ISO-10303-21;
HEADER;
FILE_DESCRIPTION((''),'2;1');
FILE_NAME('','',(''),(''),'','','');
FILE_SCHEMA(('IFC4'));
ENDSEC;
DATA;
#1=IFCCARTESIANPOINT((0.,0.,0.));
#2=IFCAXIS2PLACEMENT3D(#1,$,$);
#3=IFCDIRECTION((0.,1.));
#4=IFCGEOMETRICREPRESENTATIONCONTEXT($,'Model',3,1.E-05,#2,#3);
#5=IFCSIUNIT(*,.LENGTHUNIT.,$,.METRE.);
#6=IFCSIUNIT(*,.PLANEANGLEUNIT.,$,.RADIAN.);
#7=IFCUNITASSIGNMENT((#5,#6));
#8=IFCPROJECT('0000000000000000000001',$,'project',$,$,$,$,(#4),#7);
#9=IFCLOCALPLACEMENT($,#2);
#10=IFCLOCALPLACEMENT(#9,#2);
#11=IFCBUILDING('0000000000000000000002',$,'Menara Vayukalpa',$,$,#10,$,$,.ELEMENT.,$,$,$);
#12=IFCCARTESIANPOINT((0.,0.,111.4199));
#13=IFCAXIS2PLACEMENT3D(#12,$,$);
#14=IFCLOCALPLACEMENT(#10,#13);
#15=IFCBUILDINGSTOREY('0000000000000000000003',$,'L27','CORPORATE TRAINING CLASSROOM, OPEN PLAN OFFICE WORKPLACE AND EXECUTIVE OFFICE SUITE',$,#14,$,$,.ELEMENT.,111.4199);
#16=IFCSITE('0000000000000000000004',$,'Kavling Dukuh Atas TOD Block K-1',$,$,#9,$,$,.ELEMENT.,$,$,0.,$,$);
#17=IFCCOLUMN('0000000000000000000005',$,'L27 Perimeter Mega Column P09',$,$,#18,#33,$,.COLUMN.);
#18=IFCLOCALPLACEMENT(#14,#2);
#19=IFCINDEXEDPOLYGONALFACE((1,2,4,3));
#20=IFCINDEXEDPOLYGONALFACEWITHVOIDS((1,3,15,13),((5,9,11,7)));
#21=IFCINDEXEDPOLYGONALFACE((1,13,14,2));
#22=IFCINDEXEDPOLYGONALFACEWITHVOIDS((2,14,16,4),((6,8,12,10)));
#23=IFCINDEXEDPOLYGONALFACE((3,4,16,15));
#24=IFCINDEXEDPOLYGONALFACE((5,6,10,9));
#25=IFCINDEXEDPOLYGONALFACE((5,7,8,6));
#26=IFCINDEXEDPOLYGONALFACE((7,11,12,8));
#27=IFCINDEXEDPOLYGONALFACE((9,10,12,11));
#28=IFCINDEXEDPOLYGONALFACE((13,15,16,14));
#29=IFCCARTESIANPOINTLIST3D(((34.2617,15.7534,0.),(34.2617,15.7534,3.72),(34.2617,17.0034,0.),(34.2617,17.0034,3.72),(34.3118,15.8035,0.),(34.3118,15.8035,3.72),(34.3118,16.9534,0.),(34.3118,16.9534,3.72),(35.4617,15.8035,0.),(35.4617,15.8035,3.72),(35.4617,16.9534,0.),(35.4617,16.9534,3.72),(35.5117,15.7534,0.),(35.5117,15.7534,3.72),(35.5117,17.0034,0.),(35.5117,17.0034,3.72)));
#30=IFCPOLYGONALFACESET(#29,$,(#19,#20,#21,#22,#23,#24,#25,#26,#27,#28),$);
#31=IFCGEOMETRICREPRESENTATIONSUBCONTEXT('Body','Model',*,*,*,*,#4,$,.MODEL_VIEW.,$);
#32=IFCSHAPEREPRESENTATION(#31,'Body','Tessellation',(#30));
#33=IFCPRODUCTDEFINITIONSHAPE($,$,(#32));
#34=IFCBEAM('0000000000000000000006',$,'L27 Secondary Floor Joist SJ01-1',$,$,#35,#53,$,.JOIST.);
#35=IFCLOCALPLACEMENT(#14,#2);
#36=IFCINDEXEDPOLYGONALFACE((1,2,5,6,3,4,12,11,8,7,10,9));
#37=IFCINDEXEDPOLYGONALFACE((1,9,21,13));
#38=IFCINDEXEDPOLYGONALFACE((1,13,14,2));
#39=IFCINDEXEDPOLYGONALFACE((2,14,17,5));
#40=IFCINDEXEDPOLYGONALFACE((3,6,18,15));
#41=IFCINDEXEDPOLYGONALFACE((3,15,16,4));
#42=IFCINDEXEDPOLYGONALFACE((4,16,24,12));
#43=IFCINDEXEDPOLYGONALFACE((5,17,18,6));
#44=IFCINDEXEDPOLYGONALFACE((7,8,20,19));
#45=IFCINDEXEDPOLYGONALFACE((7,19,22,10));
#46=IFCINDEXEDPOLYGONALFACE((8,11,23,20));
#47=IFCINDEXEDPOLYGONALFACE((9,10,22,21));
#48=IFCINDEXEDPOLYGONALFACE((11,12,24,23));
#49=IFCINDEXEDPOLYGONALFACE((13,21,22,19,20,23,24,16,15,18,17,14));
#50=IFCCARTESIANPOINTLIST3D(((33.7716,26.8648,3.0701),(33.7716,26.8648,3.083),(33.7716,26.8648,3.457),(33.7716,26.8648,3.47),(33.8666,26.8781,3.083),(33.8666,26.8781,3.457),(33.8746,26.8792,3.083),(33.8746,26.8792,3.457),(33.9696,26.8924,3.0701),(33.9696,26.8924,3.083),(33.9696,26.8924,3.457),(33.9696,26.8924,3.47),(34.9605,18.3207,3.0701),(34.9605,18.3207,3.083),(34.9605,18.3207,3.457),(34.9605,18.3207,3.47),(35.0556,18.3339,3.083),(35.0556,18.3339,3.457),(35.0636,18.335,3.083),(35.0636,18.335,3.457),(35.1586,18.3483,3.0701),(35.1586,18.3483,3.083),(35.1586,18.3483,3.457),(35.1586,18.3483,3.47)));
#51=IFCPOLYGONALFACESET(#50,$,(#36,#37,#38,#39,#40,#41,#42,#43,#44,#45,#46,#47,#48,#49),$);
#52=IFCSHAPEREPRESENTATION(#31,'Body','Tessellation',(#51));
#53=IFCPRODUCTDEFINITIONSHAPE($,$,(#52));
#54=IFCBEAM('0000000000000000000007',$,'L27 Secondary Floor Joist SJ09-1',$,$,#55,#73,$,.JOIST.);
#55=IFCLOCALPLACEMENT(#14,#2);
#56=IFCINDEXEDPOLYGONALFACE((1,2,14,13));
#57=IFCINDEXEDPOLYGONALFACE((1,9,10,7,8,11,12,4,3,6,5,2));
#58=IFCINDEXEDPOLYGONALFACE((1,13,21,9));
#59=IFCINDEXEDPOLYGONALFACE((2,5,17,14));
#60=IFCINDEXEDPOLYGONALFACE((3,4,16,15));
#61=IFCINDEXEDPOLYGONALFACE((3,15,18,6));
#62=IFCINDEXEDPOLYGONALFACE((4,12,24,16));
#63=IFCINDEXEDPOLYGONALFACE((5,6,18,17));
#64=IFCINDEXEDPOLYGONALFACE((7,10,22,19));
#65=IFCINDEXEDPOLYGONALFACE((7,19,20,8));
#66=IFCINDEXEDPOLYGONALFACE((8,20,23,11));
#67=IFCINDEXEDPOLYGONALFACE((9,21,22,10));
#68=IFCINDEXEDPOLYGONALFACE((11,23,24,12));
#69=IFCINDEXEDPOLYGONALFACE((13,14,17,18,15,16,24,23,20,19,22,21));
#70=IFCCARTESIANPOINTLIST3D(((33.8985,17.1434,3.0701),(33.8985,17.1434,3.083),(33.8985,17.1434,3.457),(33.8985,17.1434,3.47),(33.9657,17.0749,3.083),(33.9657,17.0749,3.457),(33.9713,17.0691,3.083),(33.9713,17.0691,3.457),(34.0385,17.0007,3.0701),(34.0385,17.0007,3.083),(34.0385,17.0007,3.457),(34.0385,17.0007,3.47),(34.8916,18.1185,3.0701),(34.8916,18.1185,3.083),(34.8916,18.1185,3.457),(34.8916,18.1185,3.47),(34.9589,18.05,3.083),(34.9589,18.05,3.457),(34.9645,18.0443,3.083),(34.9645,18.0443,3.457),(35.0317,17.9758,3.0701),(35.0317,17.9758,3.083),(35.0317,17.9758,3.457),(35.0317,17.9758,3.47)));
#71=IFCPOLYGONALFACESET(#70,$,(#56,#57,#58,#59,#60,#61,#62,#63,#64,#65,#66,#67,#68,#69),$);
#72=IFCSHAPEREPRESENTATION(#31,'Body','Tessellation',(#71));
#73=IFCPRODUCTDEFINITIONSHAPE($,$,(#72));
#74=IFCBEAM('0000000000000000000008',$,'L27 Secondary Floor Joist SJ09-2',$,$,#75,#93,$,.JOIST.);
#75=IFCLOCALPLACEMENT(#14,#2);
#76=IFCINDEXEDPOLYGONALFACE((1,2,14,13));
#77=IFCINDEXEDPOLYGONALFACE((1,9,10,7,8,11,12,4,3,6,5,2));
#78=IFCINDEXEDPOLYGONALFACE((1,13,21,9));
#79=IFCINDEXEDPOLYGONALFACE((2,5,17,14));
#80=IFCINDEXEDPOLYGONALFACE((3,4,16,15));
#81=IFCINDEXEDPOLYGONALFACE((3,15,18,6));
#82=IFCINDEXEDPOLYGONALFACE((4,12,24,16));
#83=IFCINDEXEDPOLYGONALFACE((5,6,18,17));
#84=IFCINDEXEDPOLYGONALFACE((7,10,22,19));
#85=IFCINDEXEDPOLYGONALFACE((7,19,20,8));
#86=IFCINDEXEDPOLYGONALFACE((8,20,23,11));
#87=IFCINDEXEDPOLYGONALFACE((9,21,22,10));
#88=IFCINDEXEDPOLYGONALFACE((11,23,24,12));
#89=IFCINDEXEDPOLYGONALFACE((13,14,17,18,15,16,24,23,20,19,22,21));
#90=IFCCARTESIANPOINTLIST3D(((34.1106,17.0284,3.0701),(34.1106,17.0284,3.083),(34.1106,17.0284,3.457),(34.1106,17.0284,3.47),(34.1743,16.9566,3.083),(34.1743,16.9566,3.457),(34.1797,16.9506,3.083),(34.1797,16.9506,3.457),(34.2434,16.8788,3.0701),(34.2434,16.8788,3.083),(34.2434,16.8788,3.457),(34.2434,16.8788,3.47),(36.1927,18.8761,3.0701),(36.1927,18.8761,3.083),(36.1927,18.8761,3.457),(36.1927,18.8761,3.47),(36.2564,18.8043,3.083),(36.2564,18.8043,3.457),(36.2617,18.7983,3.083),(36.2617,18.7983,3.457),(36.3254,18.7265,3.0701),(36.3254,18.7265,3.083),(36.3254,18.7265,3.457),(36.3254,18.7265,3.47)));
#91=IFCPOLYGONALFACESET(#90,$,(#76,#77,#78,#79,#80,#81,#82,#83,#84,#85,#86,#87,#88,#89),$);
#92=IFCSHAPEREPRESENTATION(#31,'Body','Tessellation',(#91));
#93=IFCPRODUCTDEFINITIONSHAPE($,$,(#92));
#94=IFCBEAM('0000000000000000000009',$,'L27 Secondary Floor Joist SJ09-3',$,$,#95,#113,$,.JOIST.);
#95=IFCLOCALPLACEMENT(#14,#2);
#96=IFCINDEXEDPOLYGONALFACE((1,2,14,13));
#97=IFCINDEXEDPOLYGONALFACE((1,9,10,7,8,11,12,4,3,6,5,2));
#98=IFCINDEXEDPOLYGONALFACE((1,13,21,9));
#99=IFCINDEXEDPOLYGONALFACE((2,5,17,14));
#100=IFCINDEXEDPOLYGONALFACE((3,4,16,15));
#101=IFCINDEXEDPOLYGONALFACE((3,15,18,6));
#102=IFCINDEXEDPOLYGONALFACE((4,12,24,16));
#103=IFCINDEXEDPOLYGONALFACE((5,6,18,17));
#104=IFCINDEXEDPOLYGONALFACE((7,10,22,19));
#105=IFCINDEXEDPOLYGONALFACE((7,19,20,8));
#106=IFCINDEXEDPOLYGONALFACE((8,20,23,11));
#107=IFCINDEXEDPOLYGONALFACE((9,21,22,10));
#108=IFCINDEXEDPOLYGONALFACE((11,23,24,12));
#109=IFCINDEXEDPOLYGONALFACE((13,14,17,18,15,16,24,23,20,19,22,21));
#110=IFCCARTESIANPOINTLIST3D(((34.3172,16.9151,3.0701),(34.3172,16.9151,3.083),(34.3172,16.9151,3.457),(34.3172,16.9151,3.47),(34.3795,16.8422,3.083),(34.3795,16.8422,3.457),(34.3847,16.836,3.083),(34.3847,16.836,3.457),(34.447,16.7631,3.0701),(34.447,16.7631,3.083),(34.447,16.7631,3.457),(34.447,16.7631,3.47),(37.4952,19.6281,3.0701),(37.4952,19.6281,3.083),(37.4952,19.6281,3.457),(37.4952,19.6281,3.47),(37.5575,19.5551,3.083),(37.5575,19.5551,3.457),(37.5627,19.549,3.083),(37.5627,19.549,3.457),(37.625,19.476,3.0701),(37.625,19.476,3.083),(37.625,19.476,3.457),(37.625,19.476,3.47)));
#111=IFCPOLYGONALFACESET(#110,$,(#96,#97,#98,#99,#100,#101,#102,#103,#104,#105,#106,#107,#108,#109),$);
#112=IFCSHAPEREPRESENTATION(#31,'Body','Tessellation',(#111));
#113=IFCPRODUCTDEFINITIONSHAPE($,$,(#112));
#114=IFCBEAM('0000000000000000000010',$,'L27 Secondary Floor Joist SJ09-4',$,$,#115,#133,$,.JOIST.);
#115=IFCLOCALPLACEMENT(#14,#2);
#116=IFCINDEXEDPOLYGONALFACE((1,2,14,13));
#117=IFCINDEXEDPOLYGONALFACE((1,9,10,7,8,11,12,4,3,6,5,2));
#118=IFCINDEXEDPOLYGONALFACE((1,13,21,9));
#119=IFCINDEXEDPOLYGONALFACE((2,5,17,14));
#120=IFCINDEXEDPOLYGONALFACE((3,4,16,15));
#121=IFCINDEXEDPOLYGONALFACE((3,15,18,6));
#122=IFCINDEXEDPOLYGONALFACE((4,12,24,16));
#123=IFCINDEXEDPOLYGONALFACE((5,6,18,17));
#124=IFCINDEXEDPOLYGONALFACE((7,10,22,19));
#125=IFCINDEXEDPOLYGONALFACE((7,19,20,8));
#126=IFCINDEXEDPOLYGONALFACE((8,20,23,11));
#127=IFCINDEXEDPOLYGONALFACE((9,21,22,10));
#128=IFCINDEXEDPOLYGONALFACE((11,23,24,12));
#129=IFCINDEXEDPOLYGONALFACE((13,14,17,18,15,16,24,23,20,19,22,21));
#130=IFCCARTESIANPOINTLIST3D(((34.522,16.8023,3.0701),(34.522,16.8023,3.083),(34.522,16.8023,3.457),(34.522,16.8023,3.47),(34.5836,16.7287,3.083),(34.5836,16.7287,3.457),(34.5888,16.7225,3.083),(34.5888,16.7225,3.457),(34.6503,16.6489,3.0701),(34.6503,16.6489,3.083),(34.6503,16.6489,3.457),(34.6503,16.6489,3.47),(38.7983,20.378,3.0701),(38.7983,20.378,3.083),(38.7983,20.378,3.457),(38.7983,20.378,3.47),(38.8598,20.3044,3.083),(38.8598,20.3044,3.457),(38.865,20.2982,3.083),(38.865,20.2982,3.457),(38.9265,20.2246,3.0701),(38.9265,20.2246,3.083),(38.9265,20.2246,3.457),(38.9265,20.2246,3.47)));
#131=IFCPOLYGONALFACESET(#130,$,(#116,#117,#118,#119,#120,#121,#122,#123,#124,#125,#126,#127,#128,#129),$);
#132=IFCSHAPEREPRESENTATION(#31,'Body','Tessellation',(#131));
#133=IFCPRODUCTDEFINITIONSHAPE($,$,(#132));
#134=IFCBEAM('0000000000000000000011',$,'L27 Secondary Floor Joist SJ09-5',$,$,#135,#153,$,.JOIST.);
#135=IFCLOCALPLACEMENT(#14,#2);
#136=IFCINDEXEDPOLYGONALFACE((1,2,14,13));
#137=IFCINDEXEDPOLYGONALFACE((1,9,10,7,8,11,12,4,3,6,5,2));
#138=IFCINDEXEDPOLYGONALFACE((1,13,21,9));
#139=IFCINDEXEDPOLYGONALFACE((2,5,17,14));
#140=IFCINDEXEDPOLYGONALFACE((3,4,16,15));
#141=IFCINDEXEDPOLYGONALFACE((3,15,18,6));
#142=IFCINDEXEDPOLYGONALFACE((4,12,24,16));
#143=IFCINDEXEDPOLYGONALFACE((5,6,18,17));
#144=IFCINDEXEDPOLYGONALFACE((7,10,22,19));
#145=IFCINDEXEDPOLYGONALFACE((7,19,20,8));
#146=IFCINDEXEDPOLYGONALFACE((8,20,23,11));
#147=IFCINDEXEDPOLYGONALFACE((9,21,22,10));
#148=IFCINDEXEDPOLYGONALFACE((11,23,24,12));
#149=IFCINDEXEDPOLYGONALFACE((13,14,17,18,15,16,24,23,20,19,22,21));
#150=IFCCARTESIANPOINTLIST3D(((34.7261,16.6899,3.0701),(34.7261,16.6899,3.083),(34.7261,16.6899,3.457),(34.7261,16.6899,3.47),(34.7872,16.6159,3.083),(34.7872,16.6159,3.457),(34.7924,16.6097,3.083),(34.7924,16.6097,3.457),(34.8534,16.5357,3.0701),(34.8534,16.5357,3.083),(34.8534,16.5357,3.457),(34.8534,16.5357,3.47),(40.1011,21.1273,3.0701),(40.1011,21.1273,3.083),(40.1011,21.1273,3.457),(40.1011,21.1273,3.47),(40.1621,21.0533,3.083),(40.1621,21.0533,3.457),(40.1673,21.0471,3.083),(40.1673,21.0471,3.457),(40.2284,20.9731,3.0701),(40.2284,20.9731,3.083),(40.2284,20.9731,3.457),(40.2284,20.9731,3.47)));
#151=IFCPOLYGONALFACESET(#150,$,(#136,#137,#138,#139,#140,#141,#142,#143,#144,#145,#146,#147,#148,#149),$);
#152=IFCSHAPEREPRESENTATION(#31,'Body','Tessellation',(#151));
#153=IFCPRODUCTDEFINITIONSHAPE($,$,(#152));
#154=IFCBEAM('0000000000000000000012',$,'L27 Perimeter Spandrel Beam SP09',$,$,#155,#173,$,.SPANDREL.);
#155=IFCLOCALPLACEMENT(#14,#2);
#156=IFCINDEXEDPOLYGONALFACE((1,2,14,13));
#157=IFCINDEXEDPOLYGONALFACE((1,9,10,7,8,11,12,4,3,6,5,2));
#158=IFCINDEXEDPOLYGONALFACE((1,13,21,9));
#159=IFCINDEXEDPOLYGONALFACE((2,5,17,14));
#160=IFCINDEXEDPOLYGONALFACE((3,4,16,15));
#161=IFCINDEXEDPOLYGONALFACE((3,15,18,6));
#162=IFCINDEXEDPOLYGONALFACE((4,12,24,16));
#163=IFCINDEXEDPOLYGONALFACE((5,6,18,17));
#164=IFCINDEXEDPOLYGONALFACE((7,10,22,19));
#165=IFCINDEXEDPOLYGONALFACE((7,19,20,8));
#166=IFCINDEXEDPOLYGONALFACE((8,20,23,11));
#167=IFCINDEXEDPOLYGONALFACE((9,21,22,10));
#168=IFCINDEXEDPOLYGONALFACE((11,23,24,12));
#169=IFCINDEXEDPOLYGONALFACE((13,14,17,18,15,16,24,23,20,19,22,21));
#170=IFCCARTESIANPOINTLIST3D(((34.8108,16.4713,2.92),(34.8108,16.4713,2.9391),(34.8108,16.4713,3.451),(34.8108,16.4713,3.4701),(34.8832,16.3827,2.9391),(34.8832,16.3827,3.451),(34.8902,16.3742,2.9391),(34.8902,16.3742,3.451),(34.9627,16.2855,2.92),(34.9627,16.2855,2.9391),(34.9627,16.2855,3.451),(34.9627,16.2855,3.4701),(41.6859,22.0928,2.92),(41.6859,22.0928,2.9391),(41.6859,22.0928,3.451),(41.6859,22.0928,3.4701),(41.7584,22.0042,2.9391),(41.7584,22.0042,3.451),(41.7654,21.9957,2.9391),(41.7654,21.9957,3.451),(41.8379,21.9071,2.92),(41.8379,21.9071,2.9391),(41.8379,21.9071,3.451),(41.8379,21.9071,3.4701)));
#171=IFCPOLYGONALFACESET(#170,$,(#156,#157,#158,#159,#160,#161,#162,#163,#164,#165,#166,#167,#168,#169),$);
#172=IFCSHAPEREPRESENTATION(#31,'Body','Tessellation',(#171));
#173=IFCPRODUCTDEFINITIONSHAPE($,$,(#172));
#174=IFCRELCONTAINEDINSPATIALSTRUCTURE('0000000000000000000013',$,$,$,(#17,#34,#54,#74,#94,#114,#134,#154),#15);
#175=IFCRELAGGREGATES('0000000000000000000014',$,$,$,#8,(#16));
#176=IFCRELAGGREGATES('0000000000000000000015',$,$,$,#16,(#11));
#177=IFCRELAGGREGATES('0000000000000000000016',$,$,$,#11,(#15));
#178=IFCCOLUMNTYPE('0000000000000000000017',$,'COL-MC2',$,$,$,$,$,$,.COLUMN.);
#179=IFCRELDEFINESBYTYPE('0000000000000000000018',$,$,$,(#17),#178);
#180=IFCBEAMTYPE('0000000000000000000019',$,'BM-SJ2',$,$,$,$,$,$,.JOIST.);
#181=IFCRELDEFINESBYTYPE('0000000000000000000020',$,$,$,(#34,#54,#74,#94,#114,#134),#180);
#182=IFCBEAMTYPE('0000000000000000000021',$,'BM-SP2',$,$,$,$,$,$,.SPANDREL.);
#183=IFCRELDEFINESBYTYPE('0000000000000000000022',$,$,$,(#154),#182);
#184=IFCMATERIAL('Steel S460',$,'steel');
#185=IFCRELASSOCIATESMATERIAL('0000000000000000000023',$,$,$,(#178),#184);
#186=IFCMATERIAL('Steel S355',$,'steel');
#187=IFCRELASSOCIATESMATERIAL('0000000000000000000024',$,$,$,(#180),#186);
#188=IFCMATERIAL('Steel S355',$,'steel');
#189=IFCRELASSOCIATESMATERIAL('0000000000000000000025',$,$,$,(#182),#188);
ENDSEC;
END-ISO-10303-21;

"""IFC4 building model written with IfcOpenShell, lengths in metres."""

from ifc_helpers import new_model, si_unit, direction, frame, origin, origin_2d, place, context, subcontext, project, spatial, hollow_rectangle, i_section, extrude, material, material_profile, profile_set, type_object, element, save


model = new_model("IFC4")

# Units and contexts
model_context = context("Model", 3, precision=1e-05, world=origin(), true_north=direction((0.0, 1.0)))
body_context = subcontext(model_context, "Body", "Model", "MODEL_VIEW")
ifc_project = project(units=[si_unit("LENGTHUNIT", "METRE"), si_unit("PLANEANGLEUNIT", "RADIAN")], contexts=[model_context])

# Site, building, storey
site_placement = place(None, origin())
site = spatial("IfcSite", under=ifc_project, at=site_placement, Name="Kavling Dukuh Atas TOD Block K-1", CompositionType="ELEMENT", RefElevation=0.0)
building_placement = place(site_placement, origin())
building = spatial("IfcBuilding", under=site, at=building_placement, Name="Menara Vayukalpa", CompositionType="ELEMENT")
storey_placement = place(building_placement, frame((0.0, 0.0, 111.4199)))
storey = spatial("IfcBuildingStorey", under=building, at=storey_placement, Name="L27", Description="CORPORATE TRAINING CLASSROOM, OPEN PLAN OFFICE WORKPLACE AND EXECUTIVE OFFICE SUITE", CompositionType="ELEMENT", Elevation=111.4199)

# Column
ifc_material_1 = material(Name="Steel S460", Category="steel")
ifc_material_profile_1 = material_profile(ifc_material_1, hollow_rectangle(XDim=1.25, YDim=1.25, WallThickness=0.05, at=origin_2d()), Name="BOX 1250x1250x50")
ifc_profile_set_1 = profile_set([ifc_material_profile_1], Name="Steel S460")
column_type = type_object("IfcColumnType", Name="COL-MC2", PredefinedType="COLUMN", material=ifc_profile_set_1)
column_placement = place(storey_placement, frame((34.8867, 16.3784, 0.0), z_axis=(0.0, 0.0, 1.0), x_axis=(1.0, 0.0, 0.0)))
element("IfcColumn", 1, at=column_placement, inside=storey, type_object=column_type, Name="L27 Perimeter Mega Column P09", PredefinedType="COLUMN", context=body_context, shape_type="SweptSolid", body=[
    extrude(hollow_rectangle(XDim=1.25, YDim=1.25, WallThickness=0.05, at=origin_2d()), origin(), (0.0, 0.0, 1.0), 3.72),
])

# Beams
ifc_material_2 = material(Name="Steel S355", Category="steel")
ifc_material_profile_2 = material_profile(ifc_material_2, i_section(OverallWidth=0.2, OverallDepth=0.3999, WebThickness=0.0081, FlangeThickness=0.0129, at=origin_2d()), Name="WF 400x200x8x13")
ifc_profile_set_2 = profile_set([ifc_material_profile_2], Name="Steel S355")
beam_type_1 = type_object("IfcBeamType", Name="BM-SJ2", PredefinedType="JOIST", material=ifc_profile_set_2)
beam_1_placement = place(storey_placement, frame((35.0596, 18.3345, 3.27), z_axis=(-0.137827, 0.990456, 0.0), x_axis=(-0.990456, -0.137827, 0.0)))
element("IfcBeam", 2, at=beam_1_placement, inside=storey, type_object=beam_type_1, Name="L27 Secondary Floor Joist SJ01-1", PredefinedType="JOIST", context=body_context, shape_type="SweptSolid", body=[
    extrude(i_section(OverallWidth=0.2, OverallDepth=0.3999, WebThickness=0.0081, FlangeThickness=0.0129, at=origin_2d()), origin(), (0.0, 0.0, 1.0), 8.6265),
])
beam_2_placement = place(storey_placement, frame((33.9685, 17.072, 3.27), z_axis=(0.713567, 0.700587, 0.0), x_axis=(-0.700587, 0.713567, 0.0)))
element("IfcBeam", 3, at=beam_2_placement, inside=storey, type_object=beam_type_1, Name="L27 Secondary Floor Joist SJ09-1", PredefinedType="JOIST", context=body_context, shape_type="SweptSolid", body=[
    extrude(i_section(OverallWidth=0.2, OverallDepth=0.3999, WebThickness=0.0081, FlangeThickness=0.0129, at=origin_2d()), origin(), (0.0, 0.0, 1.0), 1.3918),
])
beam_3_placement = place(storey_placement, frame((34.177, 16.9536, 3.27), z_axis=(0.747951, 0.663754, 0.0), x_axis=(-0.663754, 0.747951, 0.0)))
element("IfcBeam", 4, at=beam_3_placement, inside=storey, type_object=beam_type_1, Name="L27 Secondary Floor Joist SJ09-2", PredefinedType="JOIST", context=body_context, shape_type="SweptSolid", body=[
    extrude(i_section(OverallWidth=0.2, OverallDepth=0.3999, WebThickness=0.0081, FlangeThickness=0.0129, at=origin_2d()), origin(), (0.0, 0.0, 1.0), 2.7837),
])
beam_4_placement = place(storey_placement, frame((34.3821, 16.8391, 3.27), z_axis=(0.760567, 0.64926, 0.0), x_axis=(-0.64926, 0.760567, 0.0)))
element("IfcBeam", 5, at=beam_4_placement, inside=storey, type_object=beam_type_1, Name="L27 Secondary Floor Joist SJ09-3", PredefinedType="JOIST", context=body_context, shape_type="SweptSolid", body=[
    extrude(i_section(OverallWidth=0.2, OverallDepth=0.3999, WebThickness=0.0081, FlangeThickness=0.0129, at=origin_2d()), origin(), (0.0, 0.0, 1.0), 4.1785),
])
beam_5_placement = place(storey_placement, frame((34.5862, 16.7256, 3.27), z_axis=(0.76714, 0.64148, 0.0), x_axis=(-0.64148, 0.76714, 0.0)))
element("IfcBeam", 6, at=beam_5_placement, inside=storey, type_object=beam_type_1, Name="L27 Secondary Floor Joist SJ09-4", PredefinedType="JOIST", context=body_context, shape_type="SweptSolid", body=[
    extrude(i_section(OverallWidth=0.2, OverallDepth=0.3999, WebThickness=0.0081, FlangeThickness=0.0129, at=origin_2d()), origin(), (0.0, 0.0, 1.0), 5.5742),
])
beam_6_placement = place(storey_placement, frame((34.7898, 16.6128, 3.27), z_axis=(0.771153, 0.63665, 0.0), x_axis=(-0.63665, 0.771153, 0.0)))
element("IfcBeam", 7, at=beam_6_placement, inside=storey, type_object=beam_type_1, Name="L27 Secondary Floor Joist SJ09-5", PredefinedType="JOIST", context=body_context, shape_type="SweptSolid", body=[
    extrude(i_section(OverallWidth=0.2, OverallDepth=0.3999, WebThickness=0.0081, FlangeThickness=0.0129, at=origin_2d()), origin(), (0.0, 0.0, 1.0), 6.97),
])
ifc_material_3 = material(Name="Steel S355", Category="steel")
ifc_material_profile_3 = material_profile(ifc_material_3, i_section(OverallWidth=0.24, OverallDepth=0.55, WebThickness=0.011, FlangeThickness=0.019, at=origin_2d()), Name="WF 550x240x11x19")
ifc_profile_set_3 = profile_set([ifc_material_profile_3], Name="Steel S355")
beam_type_2 = type_object("IfcBeamType", Name="BM-SP2", PredefinedType="SPANDREL", material=ifc_profile_set_3)
beam_7_placement = place(storey_placement, frame((34.8867, 16.3784, 3.1951), z_axis=(0.774157, 0.632994, 0.0), x_axis=(-0.632994, 0.774157, 0.0)))
element("IfcBeam", 8, at=beam_7_placement, inside=storey, type_object=beam_type_2, Name="L27 Perimeter Spandrel Beam SP09", PredefinedType="SPANDREL", context=body_context, shape_type="SweptSolid", body=[
    extrude(i_section(OverallWidth=0.24, OverallDepth=0.55, WebThickness=0.011, FlangeThickness=0.019, at=origin_2d()), origin(), (0.0, 0.0, 1.0), 8.8809),
])

save(model, "model.ifc")
